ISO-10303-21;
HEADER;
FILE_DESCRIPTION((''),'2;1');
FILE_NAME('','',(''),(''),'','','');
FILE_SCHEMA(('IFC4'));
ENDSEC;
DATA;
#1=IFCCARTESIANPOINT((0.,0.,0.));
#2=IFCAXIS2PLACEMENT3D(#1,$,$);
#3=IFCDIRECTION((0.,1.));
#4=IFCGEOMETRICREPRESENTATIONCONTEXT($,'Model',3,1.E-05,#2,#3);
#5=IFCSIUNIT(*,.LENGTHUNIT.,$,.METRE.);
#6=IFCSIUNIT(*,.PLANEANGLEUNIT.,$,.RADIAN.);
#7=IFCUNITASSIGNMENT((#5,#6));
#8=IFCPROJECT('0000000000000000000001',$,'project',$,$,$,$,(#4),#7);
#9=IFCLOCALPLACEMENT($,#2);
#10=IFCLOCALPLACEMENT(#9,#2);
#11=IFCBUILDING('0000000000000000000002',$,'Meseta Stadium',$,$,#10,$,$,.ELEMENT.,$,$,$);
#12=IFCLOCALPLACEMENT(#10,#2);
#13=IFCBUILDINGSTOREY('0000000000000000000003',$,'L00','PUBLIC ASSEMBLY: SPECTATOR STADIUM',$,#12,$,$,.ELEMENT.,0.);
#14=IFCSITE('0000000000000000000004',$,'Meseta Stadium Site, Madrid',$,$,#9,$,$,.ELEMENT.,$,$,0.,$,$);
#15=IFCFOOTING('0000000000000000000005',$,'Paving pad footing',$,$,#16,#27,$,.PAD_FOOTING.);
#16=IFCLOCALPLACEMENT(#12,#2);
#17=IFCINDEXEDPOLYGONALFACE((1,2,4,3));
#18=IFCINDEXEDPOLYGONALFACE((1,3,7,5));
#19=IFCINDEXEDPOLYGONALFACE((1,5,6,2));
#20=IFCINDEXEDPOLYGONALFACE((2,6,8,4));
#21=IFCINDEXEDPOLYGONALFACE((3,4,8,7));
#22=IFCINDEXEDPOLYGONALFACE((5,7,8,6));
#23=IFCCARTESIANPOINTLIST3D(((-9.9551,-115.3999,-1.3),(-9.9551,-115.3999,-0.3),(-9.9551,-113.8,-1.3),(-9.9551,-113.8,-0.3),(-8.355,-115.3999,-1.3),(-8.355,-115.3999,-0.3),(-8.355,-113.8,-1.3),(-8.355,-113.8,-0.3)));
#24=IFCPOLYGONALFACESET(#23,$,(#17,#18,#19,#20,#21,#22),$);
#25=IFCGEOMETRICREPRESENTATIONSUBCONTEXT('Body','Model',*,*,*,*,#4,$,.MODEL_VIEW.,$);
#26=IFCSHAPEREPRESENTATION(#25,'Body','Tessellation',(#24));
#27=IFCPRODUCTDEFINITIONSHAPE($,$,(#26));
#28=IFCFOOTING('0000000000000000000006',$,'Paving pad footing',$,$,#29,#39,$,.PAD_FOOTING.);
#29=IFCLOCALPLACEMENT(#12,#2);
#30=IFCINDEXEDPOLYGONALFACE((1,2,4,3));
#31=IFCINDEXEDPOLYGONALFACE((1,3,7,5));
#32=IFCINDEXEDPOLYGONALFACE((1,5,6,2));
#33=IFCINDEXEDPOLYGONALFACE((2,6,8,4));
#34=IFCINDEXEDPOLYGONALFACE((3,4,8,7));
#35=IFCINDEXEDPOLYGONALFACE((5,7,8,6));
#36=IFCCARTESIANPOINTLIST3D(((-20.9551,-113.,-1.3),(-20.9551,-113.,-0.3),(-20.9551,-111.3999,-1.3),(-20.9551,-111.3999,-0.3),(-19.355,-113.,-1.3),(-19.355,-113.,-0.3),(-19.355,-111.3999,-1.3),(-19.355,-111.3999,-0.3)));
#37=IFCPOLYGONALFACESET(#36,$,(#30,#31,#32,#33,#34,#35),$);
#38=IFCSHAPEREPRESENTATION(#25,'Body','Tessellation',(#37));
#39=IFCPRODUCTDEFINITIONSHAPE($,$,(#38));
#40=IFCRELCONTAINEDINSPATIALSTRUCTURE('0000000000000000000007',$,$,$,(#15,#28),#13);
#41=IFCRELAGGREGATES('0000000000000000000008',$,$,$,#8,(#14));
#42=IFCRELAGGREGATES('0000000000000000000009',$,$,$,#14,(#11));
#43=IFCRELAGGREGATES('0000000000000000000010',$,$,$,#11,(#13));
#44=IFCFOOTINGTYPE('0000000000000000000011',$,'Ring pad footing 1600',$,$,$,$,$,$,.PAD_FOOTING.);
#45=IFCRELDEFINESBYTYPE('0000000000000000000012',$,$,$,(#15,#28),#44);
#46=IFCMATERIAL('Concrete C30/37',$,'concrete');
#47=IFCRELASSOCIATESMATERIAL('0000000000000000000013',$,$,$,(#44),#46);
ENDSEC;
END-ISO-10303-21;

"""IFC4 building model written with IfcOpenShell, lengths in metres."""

from ifc_helpers import new_model, si_unit, direction, frame, origin, place, context, subcontext, project, spatial, polyline, outline, extrude, material, type_object, element, save


model = new_model("IFC4")

# Units and contexts
model_context = context("Model", 3, precision=1e-05, world=origin(), true_north=direction((0.0, 1.0)))
body_context = subcontext(model_context, "Body", "Model", "MODEL_VIEW")
ifc_project = project(units=[si_unit("LENGTHUNIT", "METRE"), si_unit("PLANEANGLEUNIT", "RADIAN")], contexts=[model_context])

# Site, building, storey
site_placement = place(None, origin())
site = spatial("IfcSite", under=ifc_project, at=site_placement, Name="Meseta Stadium Site, Madrid", CompositionType="ELEMENT", RefElevation=0.0)
building_placement = place(site_placement, origin())
building = spatial("IfcBuilding", under=site, at=building_placement, Name="Meseta Stadium", CompositionType="ELEMENT")
storey_placement = place(building_placement, origin())
storey = spatial("IfcBuildingStorey", under=building, at=storey_placement, Name="L00", Description="PUBLIC ASSEMBLY: SPECTATOR STADIUM", CompositionType="ELEMENT", Elevation=0.0)

# Footings
ifc_material_1 = material(Name="Concrete C30/37", Category="concrete")
footing_type_1 = type_object("IfcFootingType", Name="Ring pad footing 1600", PredefinedType="PAD_FOOTING", material=ifc_material_1)
footing_1_placement = place(storey_placement, frame((0.0, 0.0, -1.3)))
element("IfcFooting", 1, at=footing_1_placement, inside=storey, type_object=footing_type_1, Name="Paving pad footing", PredefinedType="PAD_FOOTING", context=body_context, shape_type="SweptSolid", body=[
    extrude(outline(polyline([(-8.355, -115.3999), (-8.355, -113.8), (-9.9551, -113.8), (-9.9551, -115.3999), (-8.355, -115.3999)])), origin(), (0.0, 0.0, 1.0), 1.0),
])
footing_2_placement = place(storey_placement, frame((0.0, 0.0, -1.3)))
element("IfcFooting", 2, at=footing_2_placement, inside=storey, type_object=footing_type_1, Name="Paving pad footing", PredefinedType="PAD_FOOTING", context=body_context, shape_type="SweptSolid", body=[
    extrude(outline(polyline([(-19.355, -113.0), (-19.355, -111.3999), (-20.9551, -111.3999), (-20.9551, -113.0), (-19.355, -113.0)])), origin(), (0.0, 0.0, 1.0), 1.0),
])

save(model, "model.ifc")
